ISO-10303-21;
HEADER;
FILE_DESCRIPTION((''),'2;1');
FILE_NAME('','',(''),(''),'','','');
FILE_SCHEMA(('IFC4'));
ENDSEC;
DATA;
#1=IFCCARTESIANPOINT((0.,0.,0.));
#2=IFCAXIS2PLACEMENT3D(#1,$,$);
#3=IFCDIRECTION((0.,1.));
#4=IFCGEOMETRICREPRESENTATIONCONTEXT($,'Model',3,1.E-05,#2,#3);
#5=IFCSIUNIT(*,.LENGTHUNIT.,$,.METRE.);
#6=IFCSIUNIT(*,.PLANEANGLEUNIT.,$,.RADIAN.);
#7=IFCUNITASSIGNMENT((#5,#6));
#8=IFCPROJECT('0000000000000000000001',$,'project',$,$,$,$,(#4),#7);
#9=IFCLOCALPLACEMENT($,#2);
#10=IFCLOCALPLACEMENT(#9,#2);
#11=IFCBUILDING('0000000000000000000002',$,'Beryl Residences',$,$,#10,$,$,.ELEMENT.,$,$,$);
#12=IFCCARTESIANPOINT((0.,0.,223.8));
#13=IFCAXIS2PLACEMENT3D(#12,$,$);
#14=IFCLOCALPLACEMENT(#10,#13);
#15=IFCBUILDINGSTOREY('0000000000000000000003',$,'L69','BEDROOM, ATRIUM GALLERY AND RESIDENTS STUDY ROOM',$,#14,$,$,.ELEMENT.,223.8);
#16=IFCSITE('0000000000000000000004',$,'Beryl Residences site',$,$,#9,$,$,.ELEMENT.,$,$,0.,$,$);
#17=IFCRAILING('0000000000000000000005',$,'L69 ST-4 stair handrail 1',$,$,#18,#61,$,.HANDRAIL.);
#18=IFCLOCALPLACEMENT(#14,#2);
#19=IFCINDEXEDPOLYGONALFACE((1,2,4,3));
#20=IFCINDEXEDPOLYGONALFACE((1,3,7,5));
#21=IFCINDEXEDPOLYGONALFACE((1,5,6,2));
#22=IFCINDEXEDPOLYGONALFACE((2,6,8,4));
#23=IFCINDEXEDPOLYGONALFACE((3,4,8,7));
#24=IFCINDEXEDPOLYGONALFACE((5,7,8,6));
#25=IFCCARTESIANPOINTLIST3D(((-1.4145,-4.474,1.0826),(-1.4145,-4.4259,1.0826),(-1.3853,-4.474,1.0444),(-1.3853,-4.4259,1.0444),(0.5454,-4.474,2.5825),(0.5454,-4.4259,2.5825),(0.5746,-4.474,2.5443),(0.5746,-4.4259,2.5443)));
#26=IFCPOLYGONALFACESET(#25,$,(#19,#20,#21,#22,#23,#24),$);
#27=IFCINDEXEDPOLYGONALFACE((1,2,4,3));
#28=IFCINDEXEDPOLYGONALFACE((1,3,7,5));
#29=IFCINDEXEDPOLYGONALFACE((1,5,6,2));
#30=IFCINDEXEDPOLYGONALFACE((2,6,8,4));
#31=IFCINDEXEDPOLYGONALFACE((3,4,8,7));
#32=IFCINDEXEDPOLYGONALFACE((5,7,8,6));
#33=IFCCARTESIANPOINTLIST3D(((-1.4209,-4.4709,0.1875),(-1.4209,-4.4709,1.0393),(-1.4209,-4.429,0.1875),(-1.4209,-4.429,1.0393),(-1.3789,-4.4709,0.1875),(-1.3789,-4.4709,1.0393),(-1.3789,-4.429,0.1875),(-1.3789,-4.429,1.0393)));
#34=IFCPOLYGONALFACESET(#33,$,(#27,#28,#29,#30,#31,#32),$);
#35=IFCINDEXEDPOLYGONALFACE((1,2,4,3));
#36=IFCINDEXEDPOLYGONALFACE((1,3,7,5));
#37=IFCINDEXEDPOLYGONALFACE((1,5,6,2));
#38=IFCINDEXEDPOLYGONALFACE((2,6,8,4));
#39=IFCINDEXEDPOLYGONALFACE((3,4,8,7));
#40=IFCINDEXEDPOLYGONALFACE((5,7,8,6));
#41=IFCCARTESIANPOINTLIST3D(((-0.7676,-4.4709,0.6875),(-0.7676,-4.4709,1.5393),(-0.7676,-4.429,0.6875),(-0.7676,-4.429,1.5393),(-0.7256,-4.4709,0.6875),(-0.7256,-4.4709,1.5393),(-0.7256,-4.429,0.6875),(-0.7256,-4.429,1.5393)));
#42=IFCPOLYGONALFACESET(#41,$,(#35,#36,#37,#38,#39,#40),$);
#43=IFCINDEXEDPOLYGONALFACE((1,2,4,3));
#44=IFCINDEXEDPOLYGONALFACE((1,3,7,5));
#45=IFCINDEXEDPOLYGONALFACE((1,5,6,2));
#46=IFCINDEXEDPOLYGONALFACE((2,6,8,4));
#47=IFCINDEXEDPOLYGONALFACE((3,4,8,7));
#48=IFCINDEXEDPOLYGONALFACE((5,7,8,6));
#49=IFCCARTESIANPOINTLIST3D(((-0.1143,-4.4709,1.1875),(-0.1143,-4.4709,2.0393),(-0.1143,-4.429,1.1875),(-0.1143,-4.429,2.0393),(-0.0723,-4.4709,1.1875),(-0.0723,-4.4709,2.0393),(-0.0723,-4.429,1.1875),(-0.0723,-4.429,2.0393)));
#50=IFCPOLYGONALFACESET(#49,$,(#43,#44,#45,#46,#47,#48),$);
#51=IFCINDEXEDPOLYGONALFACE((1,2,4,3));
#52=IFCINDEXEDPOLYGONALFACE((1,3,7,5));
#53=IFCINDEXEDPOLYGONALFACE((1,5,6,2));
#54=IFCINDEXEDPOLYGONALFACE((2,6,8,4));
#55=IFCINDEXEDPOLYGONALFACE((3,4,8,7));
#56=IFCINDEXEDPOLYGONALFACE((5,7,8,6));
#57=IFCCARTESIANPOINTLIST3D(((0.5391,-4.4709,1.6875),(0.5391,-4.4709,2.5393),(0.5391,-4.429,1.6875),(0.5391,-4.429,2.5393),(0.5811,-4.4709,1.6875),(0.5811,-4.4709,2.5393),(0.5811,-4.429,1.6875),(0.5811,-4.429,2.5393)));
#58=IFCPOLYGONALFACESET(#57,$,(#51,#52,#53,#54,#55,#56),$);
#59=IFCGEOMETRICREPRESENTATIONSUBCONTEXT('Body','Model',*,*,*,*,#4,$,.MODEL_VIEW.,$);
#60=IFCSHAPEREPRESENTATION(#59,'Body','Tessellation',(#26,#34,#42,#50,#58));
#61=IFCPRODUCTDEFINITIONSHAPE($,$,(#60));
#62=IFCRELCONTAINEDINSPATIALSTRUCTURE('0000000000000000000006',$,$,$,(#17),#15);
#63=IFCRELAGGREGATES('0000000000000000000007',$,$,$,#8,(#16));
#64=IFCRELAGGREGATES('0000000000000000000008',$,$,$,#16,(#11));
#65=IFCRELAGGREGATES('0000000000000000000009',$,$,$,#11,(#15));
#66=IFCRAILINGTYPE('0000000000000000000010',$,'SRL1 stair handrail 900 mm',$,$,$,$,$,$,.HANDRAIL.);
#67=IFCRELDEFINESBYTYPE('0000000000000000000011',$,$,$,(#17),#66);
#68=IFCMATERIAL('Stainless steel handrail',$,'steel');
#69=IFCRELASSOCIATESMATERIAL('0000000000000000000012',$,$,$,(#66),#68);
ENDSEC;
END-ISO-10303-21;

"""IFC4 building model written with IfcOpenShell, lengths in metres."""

from ifc_helpers import new_model, si_unit, direction, frame, origin, origin_2d, place, context, subcontext, project, spatial, rectangle, extrude, material, type_object, element, save


model = new_model("IFC4")

# Units and contexts
model_context = context("Model", 3, precision=1e-05, world=origin(), true_north=direction((0.0, 1.0)))
body_context = subcontext(model_context, "Body", "Model", "MODEL_VIEW")
ifc_project = project(units=[si_unit("LENGTHUNIT", "METRE"), si_unit("PLANEANGLEUNIT", "RADIAN")], contexts=[model_context])

# Site, building, storey
site_placement = place(None, origin())
site = spatial("IfcSite", under=ifc_project, at=site_placement, Name="Beryl Residences site", CompositionType="ELEMENT", RefElevation=0.0)
building_placement = place(site_placement, origin())
building = spatial("IfcBuilding", under=site, at=building_placement, Name="Beryl Residences", CompositionType="ELEMENT")
storey_placement = place(building_placement, frame((0.0, 0.0, 223.8)))
storey = spatial("IfcBuildingStorey", under=building, at=storey_placement, Name="L69", Description="BEDROOM, ATRIUM GALLERY AND RESIDENTS STUDY ROOM", CompositionType="ELEMENT", Elevation=223.8)

# Railing
ifc_material_1 = material(Name="Stainless steel handrail", Category="steel")
railing_type_1 = type_object("IfcRailingType", Name="SRL1 stair handrail 900 mm", PredefinedType="HANDRAIL", material=ifc_material_1)
railing_1_placement = place(storey_placement, frame((-1.3999, -4.45, 0.1875)))
element("IfcRailing", 1, at=railing_1_placement, inside=storey, type_object=railing_type_1, Name="L69 ST-4 stair handrail 1", PredefinedType="HANDRAIL", context=body_context, shape_type="SweptSolid", body=[
    extrude(rectangle(XDim=0.0481, YDim=0.0481, at=origin_2d()), frame((0.0, 0.0, 0.876), z_axis=(0.794122, 0.0, 0.607758), x_axis=(0.0, 1.0, 0.0)), (0.0, 0.0, 1.0), 2.468),
    extrude(rectangle(XDim=0.042, YDim=0.042, at=origin_2d()), origin(), (0.0, 0.0, 1.0), 0.8518),
    extrude(rectangle(XDim=0.042, YDim=0.042, at=origin_2d()), frame((0.6533, 0.0, 0.5)), (0.0, 0.0, 1.0), 0.8518),
    extrude(rectangle(XDim=0.042, YDim=0.042, at=origin_2d()), frame((1.3066, 0.0, 1.0)), (0.0, 0.0, 1.0), 0.8518),
    extrude(rectangle(XDim=0.042, YDim=0.042, at=origin_2d()), frame((1.96, 0.0, 1.5)), (0.0, 0.0, 1.0), 0.8518),
])

save(model, "model.ifc")
